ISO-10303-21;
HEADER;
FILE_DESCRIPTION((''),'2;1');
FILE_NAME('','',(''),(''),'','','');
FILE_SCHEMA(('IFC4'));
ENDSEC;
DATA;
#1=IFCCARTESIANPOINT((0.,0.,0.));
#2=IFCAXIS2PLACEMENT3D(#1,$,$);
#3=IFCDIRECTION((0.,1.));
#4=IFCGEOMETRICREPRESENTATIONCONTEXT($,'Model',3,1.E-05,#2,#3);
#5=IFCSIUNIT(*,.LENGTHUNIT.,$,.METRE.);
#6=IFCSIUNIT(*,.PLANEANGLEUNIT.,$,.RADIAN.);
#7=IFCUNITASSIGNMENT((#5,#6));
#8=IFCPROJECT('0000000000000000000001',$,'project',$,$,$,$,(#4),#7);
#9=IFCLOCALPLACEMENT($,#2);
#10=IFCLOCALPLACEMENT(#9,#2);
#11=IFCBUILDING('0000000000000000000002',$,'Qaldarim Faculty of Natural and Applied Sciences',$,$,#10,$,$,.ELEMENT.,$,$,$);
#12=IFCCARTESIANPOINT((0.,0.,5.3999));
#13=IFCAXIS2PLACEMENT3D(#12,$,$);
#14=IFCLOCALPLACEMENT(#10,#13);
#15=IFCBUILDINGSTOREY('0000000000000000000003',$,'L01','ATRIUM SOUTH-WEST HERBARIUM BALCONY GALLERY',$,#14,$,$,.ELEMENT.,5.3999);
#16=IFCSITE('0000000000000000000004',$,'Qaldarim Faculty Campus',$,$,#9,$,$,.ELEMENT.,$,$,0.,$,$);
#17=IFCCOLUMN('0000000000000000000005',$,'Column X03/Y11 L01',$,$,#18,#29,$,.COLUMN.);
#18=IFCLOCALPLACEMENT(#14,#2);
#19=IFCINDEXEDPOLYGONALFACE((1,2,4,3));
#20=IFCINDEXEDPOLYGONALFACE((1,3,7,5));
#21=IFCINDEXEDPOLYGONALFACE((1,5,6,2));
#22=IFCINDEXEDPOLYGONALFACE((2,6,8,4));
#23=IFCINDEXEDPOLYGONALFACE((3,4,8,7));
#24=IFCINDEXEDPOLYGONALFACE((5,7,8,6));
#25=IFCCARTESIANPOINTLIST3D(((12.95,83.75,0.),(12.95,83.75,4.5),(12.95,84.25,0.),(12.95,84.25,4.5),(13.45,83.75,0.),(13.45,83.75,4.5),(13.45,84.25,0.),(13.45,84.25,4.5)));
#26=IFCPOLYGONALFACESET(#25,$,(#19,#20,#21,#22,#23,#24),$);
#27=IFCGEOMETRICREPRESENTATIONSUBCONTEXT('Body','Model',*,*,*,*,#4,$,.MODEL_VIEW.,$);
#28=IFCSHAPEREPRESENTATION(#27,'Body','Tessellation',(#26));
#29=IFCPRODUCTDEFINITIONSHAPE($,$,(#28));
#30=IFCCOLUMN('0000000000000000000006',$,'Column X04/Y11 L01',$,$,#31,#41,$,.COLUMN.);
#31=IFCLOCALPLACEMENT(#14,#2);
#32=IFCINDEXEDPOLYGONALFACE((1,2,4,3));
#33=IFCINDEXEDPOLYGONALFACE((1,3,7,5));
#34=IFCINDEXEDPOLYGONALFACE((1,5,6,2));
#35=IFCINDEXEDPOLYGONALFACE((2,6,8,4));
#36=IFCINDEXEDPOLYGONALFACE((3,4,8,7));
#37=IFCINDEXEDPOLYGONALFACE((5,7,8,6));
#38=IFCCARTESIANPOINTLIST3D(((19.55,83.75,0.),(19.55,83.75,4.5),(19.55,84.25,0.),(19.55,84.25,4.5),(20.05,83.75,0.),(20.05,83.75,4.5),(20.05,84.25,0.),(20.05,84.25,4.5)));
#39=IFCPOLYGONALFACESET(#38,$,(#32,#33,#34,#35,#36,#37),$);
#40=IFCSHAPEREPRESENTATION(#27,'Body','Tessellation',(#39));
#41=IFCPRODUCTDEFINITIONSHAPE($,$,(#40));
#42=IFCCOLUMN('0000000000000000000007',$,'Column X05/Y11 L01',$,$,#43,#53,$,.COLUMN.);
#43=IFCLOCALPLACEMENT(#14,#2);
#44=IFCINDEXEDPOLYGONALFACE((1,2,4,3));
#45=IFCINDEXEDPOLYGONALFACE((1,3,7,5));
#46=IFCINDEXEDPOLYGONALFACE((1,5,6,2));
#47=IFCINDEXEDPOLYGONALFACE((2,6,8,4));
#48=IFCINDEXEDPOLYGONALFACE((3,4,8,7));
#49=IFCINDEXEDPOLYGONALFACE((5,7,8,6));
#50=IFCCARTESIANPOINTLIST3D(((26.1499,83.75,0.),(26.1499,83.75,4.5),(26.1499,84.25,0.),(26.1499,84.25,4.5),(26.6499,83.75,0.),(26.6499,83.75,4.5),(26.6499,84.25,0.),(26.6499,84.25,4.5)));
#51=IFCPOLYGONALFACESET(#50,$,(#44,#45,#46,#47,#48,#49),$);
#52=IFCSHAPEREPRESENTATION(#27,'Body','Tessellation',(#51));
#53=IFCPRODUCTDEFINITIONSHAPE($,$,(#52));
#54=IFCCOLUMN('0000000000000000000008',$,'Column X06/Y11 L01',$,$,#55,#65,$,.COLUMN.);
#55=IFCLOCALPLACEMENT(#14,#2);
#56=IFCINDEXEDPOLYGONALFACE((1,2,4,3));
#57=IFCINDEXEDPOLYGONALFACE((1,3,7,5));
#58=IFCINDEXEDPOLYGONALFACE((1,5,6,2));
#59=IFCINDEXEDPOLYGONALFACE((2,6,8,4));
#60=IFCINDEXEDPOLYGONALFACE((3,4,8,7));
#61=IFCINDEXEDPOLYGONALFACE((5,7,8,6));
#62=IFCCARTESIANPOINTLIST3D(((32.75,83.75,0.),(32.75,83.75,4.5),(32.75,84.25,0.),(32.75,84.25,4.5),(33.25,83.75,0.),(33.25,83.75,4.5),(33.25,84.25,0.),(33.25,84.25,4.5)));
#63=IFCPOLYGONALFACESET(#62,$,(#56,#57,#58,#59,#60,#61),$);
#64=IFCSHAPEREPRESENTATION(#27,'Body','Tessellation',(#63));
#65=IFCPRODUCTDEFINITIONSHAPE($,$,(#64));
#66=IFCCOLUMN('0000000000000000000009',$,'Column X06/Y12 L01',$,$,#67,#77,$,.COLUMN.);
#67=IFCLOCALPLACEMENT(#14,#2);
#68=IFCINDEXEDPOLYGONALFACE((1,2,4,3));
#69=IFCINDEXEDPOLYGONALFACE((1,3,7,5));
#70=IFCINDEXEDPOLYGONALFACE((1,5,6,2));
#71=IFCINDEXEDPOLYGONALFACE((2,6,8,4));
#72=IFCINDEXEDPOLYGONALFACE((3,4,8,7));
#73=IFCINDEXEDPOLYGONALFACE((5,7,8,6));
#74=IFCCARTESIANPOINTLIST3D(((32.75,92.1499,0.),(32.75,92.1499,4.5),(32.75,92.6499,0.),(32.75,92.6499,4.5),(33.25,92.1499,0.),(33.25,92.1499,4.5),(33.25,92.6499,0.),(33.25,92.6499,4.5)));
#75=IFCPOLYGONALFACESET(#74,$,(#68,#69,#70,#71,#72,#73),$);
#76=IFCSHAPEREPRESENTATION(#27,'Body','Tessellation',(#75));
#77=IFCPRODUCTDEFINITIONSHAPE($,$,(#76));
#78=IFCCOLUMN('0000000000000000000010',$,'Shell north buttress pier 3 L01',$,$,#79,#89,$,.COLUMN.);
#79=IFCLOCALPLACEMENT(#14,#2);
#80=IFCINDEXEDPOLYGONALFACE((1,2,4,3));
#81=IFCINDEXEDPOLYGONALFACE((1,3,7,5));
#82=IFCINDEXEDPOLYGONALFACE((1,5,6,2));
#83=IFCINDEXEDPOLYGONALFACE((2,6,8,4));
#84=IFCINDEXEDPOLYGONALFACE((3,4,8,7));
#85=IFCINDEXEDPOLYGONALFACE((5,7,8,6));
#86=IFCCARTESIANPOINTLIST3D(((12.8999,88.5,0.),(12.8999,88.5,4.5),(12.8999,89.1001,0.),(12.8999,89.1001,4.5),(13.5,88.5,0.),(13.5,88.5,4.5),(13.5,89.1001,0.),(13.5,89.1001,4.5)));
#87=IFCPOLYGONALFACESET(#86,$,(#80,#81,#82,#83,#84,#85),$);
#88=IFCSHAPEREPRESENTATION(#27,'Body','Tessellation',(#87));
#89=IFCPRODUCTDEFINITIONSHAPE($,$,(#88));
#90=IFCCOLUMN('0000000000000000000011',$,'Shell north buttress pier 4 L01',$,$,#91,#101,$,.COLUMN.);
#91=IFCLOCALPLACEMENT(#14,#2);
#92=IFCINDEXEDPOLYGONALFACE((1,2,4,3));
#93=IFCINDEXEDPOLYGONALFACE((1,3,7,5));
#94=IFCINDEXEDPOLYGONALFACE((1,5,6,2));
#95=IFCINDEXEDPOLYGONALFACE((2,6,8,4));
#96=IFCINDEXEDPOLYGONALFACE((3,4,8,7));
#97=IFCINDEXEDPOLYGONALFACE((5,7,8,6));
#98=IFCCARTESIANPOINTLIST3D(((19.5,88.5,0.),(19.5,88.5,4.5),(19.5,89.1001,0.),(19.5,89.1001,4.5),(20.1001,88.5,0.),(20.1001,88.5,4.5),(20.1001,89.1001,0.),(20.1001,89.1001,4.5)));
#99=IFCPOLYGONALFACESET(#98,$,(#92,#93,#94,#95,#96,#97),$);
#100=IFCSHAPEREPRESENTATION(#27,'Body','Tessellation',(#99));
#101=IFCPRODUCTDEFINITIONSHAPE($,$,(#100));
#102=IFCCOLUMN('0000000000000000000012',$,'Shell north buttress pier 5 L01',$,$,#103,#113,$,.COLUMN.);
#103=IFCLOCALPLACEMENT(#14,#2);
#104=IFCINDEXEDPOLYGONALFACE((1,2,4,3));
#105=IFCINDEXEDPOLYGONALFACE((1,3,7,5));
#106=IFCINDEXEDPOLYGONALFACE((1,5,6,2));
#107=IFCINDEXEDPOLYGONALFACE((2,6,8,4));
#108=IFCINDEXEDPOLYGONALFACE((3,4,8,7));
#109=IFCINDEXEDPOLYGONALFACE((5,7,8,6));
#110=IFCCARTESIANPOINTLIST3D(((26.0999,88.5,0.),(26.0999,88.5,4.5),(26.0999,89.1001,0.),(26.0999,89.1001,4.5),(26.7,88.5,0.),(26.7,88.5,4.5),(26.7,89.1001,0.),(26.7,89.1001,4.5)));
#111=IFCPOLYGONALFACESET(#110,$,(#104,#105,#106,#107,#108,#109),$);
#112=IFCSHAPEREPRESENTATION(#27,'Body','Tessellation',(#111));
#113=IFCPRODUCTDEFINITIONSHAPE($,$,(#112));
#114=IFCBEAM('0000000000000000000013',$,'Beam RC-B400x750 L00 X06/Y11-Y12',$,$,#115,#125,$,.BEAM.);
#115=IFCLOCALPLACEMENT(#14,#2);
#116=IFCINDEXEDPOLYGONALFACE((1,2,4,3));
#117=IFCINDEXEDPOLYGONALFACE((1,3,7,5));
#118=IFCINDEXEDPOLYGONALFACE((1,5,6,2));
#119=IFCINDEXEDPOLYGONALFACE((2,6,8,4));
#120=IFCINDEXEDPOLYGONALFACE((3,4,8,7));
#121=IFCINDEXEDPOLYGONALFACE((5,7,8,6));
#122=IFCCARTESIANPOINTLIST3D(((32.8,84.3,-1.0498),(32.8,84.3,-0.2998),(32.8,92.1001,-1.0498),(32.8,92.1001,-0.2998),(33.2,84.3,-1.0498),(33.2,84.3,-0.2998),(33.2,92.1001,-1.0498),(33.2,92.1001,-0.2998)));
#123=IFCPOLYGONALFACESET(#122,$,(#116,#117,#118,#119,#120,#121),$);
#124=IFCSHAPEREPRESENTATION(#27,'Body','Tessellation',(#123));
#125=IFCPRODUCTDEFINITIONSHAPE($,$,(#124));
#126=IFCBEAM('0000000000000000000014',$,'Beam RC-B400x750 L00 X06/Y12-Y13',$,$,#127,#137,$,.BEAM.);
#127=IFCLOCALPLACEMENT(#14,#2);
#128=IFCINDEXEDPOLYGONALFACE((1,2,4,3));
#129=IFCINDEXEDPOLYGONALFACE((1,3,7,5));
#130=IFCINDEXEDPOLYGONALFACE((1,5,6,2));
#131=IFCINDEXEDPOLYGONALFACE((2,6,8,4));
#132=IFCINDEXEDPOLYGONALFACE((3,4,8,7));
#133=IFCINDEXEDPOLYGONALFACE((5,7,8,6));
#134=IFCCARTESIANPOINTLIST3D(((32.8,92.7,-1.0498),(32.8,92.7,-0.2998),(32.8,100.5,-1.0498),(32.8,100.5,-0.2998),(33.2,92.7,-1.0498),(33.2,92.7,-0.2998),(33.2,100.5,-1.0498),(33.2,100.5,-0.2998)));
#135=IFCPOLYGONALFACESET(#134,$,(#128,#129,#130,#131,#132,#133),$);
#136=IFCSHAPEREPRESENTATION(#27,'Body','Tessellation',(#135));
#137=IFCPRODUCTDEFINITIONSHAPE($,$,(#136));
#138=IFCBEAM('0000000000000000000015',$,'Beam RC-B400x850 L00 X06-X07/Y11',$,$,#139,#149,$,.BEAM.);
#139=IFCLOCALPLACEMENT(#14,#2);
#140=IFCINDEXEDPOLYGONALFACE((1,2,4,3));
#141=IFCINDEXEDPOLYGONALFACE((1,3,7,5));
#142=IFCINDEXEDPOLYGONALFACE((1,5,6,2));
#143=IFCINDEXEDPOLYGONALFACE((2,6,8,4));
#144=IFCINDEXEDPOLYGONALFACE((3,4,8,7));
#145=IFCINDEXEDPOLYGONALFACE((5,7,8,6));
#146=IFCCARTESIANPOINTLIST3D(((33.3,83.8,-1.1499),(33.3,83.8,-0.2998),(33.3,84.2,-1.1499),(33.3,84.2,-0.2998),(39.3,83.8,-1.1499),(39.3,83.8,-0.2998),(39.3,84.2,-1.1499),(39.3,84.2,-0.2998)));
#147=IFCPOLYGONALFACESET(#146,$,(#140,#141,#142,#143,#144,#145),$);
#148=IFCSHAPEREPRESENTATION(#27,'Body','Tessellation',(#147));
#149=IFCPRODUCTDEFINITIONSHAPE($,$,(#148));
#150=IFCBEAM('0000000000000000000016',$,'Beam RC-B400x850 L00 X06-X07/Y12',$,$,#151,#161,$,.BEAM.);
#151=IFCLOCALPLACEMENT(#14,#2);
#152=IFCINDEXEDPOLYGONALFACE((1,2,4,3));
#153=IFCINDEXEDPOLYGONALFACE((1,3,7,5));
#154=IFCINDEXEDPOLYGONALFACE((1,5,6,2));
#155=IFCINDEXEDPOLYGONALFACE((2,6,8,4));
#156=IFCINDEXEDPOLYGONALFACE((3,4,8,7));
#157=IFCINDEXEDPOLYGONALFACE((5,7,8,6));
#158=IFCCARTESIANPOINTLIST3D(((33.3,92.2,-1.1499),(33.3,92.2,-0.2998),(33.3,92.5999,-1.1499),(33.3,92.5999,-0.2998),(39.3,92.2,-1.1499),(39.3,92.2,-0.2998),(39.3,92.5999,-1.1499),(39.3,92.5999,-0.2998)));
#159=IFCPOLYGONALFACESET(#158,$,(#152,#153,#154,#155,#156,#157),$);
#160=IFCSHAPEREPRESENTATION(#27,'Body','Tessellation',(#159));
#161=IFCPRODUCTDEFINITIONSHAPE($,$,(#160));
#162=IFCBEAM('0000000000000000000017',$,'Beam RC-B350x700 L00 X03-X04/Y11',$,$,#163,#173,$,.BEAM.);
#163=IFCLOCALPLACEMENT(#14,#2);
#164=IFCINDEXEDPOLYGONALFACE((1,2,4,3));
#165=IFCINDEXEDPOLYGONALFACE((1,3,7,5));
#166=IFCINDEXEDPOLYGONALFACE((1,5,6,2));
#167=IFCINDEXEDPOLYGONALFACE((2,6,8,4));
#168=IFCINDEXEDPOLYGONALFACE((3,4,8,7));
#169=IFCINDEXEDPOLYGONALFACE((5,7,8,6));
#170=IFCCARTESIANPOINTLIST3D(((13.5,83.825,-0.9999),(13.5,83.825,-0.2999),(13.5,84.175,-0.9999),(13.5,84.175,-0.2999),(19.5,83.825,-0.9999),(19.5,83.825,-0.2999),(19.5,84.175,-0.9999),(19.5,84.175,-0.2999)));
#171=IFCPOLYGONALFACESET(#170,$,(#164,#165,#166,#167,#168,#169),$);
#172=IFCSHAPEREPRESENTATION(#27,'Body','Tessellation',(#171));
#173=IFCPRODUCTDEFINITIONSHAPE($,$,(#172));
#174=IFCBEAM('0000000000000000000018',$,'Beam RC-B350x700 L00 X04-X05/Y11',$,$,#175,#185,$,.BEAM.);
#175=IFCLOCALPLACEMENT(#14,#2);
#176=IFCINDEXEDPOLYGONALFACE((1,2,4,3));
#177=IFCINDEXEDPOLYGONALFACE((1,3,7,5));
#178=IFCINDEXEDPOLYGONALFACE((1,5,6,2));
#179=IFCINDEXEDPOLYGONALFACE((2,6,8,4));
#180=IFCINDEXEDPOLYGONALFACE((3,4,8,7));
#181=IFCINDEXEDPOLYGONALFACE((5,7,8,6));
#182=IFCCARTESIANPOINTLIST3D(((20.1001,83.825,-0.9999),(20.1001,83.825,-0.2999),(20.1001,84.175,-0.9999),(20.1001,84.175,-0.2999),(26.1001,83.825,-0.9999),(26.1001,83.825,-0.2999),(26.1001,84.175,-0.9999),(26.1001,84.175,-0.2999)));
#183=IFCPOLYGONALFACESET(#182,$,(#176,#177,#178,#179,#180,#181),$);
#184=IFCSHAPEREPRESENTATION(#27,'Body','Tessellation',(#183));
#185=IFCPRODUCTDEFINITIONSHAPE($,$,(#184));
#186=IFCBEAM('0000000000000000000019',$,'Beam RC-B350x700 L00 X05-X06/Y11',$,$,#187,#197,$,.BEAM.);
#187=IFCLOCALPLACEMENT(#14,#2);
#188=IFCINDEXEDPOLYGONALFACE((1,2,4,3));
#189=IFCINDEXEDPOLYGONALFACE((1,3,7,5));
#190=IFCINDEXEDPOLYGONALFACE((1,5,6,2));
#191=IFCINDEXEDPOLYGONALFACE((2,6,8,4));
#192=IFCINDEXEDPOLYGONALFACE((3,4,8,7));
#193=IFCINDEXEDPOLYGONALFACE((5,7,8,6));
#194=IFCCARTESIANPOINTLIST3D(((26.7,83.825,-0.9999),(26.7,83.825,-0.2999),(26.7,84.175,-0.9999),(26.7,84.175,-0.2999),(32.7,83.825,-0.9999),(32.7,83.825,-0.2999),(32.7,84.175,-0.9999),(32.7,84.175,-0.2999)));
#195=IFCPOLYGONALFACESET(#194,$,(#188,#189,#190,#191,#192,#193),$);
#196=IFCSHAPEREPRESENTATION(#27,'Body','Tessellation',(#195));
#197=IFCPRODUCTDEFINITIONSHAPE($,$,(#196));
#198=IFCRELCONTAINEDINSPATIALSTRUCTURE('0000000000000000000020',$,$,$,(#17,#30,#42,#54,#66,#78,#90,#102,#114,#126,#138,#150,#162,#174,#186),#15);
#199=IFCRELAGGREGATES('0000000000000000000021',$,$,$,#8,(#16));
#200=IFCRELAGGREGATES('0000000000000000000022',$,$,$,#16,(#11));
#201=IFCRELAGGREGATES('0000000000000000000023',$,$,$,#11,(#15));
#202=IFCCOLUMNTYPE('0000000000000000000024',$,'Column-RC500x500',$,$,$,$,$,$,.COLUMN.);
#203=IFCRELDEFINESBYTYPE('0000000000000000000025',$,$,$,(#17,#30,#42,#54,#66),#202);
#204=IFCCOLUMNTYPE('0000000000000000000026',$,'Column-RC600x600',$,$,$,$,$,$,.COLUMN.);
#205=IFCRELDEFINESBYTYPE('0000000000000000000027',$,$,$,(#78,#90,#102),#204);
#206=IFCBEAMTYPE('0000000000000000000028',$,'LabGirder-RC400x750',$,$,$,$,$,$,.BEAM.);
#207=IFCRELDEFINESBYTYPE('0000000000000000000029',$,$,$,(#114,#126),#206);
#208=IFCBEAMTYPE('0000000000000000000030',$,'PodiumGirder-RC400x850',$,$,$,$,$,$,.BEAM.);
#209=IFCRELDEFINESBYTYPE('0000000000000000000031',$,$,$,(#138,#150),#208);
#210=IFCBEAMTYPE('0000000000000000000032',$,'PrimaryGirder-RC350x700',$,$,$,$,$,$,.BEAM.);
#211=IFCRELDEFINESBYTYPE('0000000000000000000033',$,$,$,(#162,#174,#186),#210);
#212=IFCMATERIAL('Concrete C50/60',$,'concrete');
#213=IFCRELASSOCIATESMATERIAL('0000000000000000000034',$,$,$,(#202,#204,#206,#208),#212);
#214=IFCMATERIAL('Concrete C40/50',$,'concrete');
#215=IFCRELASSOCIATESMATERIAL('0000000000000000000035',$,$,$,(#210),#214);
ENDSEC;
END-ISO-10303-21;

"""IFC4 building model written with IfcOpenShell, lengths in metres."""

from ifc_helpers import new_model, si_unit, direction, frame, origin, origin_2d, place, context, subcontext, project, spatial, rectangle, extrude, material, material_profile, profile_set, type_object, element, save


model = new_model("IFC4")

# Units and contexts
model_context = context("Model", 3, precision=1e-05, world=origin(), true_north=direction((0.0, 1.0)))
body_context = subcontext(model_context, "Body", "Model", "MODEL_VIEW")
ifc_project = project(units=[si_unit("LENGTHUNIT", "METRE"), si_unit("PLANEANGLEUNIT", "RADIAN")], contexts=[model_context])

# Site, building, storey
site_placement = place(None, origin())
site = spatial("IfcSite", under=ifc_project, at=site_placement, Name="Qaldarim Faculty Campus", CompositionType="ELEMENT", RefElevation=0.0)
building_placement = place(site_placement, origin())
building = spatial("IfcBuilding", under=site, at=building_placement, Name="Qaldarim Faculty of Natural and Applied Sciences", CompositionType="ELEMENT")
storey_placement = place(building_placement, frame((0.0, 0.0, 5.3999)))
storey = spatial("IfcBuildingStorey", under=building, at=storey_placement, Name="L01", Description="ATRIUM SOUTH-WEST HERBARIUM BALCONY GALLERY", CompositionType="ELEMENT", Elevation=5.3999)

# Columns
ifc_material_1 = material(Name="Concrete C50/60", Category="concrete")
ifc_material_profile_1 = material_profile(ifc_material_1, rectangle(XDim=0.5, YDim=0.5, at=origin_2d()), Name="RC-C500x500")
ifc_profile_set_1 = profile_set([ifc_material_profile_1], Name="Concrete C50/60")
column_type_1 = type_object("IfcColumnType", Name="Column-RC500x500", PredefinedType="COLUMN", material=ifc_profile_set_1)
for number, where, z_axis, x_axis, name in (
    (1, (13.2, 84.0, 0.0), (0.0, 0.0, 1.0), (1.0, 0.0, 0.0), "Column X03/Y11 L01"),
    (2, (19.8, 84.0, 0.0), (0.0, 0.0, 1.0), (1.0, 0.0, 0.0), "Column X04/Y11 L01"),
    (3, (26.3999, 84.0, 0.0), (0.0, 0.0, 1.0), (1.0, 0.0, 0.0), "Column X05/Y11 L01"),
    (4, (33.0, 84.0, 0.0), (0.0, 0.0, 1.0), (1.0, 0.0, 0.0), "Column X06/Y11 L01"),
    (5, (33.0, 92.3999, 0.0), (0.0, 0.0, 1.0), (1.0, 0.0, 0.0), "Column X06/Y12 L01"),
):
    element("IfcColumn", number, at=place(storey_placement, frame(where, z_axis=z_axis, x_axis=x_axis)), inside=storey, type_object=column_type_1, Name=name, PredefinedType="COLUMN", context=body_context, shape_type="SweptSolid", body=[
        extrude(rectangle(XDim=0.5, YDim=0.5, at=origin_2d()), origin(), (0.0, 0.0, 1.0), 4.5),
    ])
ifc_material_profile_2 = material_profile(ifc_material_1, rectangle(XDim=0.6001, YDim=0.6001, at=origin_2d()), Name="RC-C600x600")
ifc_profile_set_2 = profile_set([ifc_material_profile_2], Name="Concrete C50/60")
column_type_2 = type_object("IfcColumnType", Name="Column-RC600x600", PredefinedType="COLUMN", material=ifc_profile_set_2)
for number, where, z_axis, x_axis, name in (
    (6, (13.2, 88.8, 0.0), (0.0, 0.0, 1.0), (1.0, 0.0, 0.0), "Shell north buttress pier 3 L01"),
    (7, (19.8, 88.8, 0.0), (0.0, 0.0, 1.0), (1.0, 0.0, 0.0), "Shell north buttress pier 4 L01"),
    (8, (26.3999, 88.8, 0.0), (0.0, 0.0, 1.0), (1.0, 0.0, 0.0), "Shell north buttress pier 5 L01"),
):
    element("IfcColumn", number, at=place(storey_placement, frame(where, z_axis=z_axis, x_axis=x_axis)), inside=storey, type_object=column_type_2, Name=name, PredefinedType="COLUMN", context=body_context, shape_type="SweptSolid", body=[
        extrude(rectangle(XDim=0.6001, YDim=0.6001, at=origin_2d()), origin(), (0.0, 0.0, 1.0), 4.5),
    ])

# Beams
ifc_material_profile_3 = material_profile(ifc_material_1, rectangle(XDim=0.3999, YDim=0.75, at=origin_2d()), Name="RC-B400x750")
ifc_profile_set_3 = profile_set([ifc_material_profile_3], Name="Concrete C50/60")
beam_type_1 = type_object("IfcBeamType", Name="LabGirder-RC400x750", PredefinedType="BEAM", material=ifc_profile_set_3)
for number, where, z_axis, x_axis, name in (
    (9, (33.0, 84.3, -0.6748), (0.0, 1.0, 0.0), (-1.0, 0.0, 0.0), "Beam RC-B400x750 L00 X06/Y11-Y12"),
    (10, (33.0, 92.7, -0.6748), (0.0, 1.0, 0.0), (-1.0, 0.0, 0.0), "Beam RC-B400x750 L00 X06/Y12-Y13"),
):
    element("IfcBeam", number, at=place(storey_placement, frame(where, z_axis=z_axis, x_axis=x_axis)), inside=storey, type_object=beam_type_1, Name=name, PredefinedType="BEAM", context=body_context, shape_type="SweptSolid", body=[
        extrude(rectangle(XDim=0.3999, YDim=0.75, at=origin_2d()), origin(), (0.0, 0.0, 1.0), 7.8),
    ])
ifc_material_profile_4 = material_profile(ifc_material_1, rectangle(XDim=0.3999, YDim=0.8501, at=origin_2d()), Name="RC-B400x850")
ifc_profile_set_4 = profile_set([ifc_material_profile_4], Name="Concrete C50/60")
beam_type_2 = type_object("IfcBeamType", Name="PodiumGirder-RC400x850", PredefinedType="BEAM", material=ifc_profile_set_4)
for number, where, z_axis, x_axis, name in (
    (11, (33.3, 84.0, -0.7249), (1.0, 0.0, 0.0), (0.0, 1.0, 0.0), "Beam RC-B400x850 L00 X06-X07/Y11"),
    (12, (33.3, 92.3999, -0.7249), (1.0, 0.0, 0.0), (0.0, 1.0, 0.0), "Beam RC-B400x850 L00 X06-X07/Y12"),
):
    element("IfcBeam", number, at=place(storey_placement, frame(where, z_axis=z_axis, x_axis=x_axis)), inside=storey, type_object=beam_type_2, Name=name, PredefinedType="BEAM", context=body_context, shape_type="SweptSolid", body=[
        extrude(rectangle(XDim=0.3999, YDim=0.8501, at=origin_2d()), origin(), (0.0, 0.0, 1.0), 6.0),
    ])
ifc_material_2 = material(Name="Concrete C40/50", Category="concrete")
ifc_material_profile_5 = material_profile(ifc_material_2, rectangle(XDim=0.3501, YDim=0.7, at=origin_2d()), Name="RC-B350x700")
ifc_profile_set_5 = profile_set([ifc_material_profile_5], Name="Concrete C40/50")
beam_type_3 = type_object("IfcBeamType", Name="PrimaryGirder-RC350x700", PredefinedType="BEAM", material=ifc_profile_set_5)
for number, where, z_axis, x_axis, name in (
    (13, (13.5, 84.0, -0.6499), (1.0, 0.0, 0.0), (0.0, 1.0, 0.0), "Beam RC-B350x700 L00 X03-X04/Y11"),
    (14, (20.1001, 84.0, -0.6499), (1.0, 0.0, 0.0), (0.0, 1.0, 0.0), "Beam RC-B350x700 L00 X04-X05/Y11"),
    (15, (26.7, 84.0, -0.6499), (1.0, 0.0, 0.0), (0.0, 1.0, 0.0), "Beam RC-B350x700 L00 X05-X06/Y11"),
):
    element("IfcBeam", number, at=place(storey_placement, frame(where, z_axis=z_axis, x_axis=x_axis)), inside=storey, type_object=beam_type_3, Name=name, PredefinedType="BEAM", context=body_context, shape_type="SweptSolid", body=[
        extrude(rectangle(XDim=0.3501, YDim=0.7, at=origin_2d()), origin(), (0.0, 0.0, 1.0), 6.0),
    ])

save(model, "model.ifc")
